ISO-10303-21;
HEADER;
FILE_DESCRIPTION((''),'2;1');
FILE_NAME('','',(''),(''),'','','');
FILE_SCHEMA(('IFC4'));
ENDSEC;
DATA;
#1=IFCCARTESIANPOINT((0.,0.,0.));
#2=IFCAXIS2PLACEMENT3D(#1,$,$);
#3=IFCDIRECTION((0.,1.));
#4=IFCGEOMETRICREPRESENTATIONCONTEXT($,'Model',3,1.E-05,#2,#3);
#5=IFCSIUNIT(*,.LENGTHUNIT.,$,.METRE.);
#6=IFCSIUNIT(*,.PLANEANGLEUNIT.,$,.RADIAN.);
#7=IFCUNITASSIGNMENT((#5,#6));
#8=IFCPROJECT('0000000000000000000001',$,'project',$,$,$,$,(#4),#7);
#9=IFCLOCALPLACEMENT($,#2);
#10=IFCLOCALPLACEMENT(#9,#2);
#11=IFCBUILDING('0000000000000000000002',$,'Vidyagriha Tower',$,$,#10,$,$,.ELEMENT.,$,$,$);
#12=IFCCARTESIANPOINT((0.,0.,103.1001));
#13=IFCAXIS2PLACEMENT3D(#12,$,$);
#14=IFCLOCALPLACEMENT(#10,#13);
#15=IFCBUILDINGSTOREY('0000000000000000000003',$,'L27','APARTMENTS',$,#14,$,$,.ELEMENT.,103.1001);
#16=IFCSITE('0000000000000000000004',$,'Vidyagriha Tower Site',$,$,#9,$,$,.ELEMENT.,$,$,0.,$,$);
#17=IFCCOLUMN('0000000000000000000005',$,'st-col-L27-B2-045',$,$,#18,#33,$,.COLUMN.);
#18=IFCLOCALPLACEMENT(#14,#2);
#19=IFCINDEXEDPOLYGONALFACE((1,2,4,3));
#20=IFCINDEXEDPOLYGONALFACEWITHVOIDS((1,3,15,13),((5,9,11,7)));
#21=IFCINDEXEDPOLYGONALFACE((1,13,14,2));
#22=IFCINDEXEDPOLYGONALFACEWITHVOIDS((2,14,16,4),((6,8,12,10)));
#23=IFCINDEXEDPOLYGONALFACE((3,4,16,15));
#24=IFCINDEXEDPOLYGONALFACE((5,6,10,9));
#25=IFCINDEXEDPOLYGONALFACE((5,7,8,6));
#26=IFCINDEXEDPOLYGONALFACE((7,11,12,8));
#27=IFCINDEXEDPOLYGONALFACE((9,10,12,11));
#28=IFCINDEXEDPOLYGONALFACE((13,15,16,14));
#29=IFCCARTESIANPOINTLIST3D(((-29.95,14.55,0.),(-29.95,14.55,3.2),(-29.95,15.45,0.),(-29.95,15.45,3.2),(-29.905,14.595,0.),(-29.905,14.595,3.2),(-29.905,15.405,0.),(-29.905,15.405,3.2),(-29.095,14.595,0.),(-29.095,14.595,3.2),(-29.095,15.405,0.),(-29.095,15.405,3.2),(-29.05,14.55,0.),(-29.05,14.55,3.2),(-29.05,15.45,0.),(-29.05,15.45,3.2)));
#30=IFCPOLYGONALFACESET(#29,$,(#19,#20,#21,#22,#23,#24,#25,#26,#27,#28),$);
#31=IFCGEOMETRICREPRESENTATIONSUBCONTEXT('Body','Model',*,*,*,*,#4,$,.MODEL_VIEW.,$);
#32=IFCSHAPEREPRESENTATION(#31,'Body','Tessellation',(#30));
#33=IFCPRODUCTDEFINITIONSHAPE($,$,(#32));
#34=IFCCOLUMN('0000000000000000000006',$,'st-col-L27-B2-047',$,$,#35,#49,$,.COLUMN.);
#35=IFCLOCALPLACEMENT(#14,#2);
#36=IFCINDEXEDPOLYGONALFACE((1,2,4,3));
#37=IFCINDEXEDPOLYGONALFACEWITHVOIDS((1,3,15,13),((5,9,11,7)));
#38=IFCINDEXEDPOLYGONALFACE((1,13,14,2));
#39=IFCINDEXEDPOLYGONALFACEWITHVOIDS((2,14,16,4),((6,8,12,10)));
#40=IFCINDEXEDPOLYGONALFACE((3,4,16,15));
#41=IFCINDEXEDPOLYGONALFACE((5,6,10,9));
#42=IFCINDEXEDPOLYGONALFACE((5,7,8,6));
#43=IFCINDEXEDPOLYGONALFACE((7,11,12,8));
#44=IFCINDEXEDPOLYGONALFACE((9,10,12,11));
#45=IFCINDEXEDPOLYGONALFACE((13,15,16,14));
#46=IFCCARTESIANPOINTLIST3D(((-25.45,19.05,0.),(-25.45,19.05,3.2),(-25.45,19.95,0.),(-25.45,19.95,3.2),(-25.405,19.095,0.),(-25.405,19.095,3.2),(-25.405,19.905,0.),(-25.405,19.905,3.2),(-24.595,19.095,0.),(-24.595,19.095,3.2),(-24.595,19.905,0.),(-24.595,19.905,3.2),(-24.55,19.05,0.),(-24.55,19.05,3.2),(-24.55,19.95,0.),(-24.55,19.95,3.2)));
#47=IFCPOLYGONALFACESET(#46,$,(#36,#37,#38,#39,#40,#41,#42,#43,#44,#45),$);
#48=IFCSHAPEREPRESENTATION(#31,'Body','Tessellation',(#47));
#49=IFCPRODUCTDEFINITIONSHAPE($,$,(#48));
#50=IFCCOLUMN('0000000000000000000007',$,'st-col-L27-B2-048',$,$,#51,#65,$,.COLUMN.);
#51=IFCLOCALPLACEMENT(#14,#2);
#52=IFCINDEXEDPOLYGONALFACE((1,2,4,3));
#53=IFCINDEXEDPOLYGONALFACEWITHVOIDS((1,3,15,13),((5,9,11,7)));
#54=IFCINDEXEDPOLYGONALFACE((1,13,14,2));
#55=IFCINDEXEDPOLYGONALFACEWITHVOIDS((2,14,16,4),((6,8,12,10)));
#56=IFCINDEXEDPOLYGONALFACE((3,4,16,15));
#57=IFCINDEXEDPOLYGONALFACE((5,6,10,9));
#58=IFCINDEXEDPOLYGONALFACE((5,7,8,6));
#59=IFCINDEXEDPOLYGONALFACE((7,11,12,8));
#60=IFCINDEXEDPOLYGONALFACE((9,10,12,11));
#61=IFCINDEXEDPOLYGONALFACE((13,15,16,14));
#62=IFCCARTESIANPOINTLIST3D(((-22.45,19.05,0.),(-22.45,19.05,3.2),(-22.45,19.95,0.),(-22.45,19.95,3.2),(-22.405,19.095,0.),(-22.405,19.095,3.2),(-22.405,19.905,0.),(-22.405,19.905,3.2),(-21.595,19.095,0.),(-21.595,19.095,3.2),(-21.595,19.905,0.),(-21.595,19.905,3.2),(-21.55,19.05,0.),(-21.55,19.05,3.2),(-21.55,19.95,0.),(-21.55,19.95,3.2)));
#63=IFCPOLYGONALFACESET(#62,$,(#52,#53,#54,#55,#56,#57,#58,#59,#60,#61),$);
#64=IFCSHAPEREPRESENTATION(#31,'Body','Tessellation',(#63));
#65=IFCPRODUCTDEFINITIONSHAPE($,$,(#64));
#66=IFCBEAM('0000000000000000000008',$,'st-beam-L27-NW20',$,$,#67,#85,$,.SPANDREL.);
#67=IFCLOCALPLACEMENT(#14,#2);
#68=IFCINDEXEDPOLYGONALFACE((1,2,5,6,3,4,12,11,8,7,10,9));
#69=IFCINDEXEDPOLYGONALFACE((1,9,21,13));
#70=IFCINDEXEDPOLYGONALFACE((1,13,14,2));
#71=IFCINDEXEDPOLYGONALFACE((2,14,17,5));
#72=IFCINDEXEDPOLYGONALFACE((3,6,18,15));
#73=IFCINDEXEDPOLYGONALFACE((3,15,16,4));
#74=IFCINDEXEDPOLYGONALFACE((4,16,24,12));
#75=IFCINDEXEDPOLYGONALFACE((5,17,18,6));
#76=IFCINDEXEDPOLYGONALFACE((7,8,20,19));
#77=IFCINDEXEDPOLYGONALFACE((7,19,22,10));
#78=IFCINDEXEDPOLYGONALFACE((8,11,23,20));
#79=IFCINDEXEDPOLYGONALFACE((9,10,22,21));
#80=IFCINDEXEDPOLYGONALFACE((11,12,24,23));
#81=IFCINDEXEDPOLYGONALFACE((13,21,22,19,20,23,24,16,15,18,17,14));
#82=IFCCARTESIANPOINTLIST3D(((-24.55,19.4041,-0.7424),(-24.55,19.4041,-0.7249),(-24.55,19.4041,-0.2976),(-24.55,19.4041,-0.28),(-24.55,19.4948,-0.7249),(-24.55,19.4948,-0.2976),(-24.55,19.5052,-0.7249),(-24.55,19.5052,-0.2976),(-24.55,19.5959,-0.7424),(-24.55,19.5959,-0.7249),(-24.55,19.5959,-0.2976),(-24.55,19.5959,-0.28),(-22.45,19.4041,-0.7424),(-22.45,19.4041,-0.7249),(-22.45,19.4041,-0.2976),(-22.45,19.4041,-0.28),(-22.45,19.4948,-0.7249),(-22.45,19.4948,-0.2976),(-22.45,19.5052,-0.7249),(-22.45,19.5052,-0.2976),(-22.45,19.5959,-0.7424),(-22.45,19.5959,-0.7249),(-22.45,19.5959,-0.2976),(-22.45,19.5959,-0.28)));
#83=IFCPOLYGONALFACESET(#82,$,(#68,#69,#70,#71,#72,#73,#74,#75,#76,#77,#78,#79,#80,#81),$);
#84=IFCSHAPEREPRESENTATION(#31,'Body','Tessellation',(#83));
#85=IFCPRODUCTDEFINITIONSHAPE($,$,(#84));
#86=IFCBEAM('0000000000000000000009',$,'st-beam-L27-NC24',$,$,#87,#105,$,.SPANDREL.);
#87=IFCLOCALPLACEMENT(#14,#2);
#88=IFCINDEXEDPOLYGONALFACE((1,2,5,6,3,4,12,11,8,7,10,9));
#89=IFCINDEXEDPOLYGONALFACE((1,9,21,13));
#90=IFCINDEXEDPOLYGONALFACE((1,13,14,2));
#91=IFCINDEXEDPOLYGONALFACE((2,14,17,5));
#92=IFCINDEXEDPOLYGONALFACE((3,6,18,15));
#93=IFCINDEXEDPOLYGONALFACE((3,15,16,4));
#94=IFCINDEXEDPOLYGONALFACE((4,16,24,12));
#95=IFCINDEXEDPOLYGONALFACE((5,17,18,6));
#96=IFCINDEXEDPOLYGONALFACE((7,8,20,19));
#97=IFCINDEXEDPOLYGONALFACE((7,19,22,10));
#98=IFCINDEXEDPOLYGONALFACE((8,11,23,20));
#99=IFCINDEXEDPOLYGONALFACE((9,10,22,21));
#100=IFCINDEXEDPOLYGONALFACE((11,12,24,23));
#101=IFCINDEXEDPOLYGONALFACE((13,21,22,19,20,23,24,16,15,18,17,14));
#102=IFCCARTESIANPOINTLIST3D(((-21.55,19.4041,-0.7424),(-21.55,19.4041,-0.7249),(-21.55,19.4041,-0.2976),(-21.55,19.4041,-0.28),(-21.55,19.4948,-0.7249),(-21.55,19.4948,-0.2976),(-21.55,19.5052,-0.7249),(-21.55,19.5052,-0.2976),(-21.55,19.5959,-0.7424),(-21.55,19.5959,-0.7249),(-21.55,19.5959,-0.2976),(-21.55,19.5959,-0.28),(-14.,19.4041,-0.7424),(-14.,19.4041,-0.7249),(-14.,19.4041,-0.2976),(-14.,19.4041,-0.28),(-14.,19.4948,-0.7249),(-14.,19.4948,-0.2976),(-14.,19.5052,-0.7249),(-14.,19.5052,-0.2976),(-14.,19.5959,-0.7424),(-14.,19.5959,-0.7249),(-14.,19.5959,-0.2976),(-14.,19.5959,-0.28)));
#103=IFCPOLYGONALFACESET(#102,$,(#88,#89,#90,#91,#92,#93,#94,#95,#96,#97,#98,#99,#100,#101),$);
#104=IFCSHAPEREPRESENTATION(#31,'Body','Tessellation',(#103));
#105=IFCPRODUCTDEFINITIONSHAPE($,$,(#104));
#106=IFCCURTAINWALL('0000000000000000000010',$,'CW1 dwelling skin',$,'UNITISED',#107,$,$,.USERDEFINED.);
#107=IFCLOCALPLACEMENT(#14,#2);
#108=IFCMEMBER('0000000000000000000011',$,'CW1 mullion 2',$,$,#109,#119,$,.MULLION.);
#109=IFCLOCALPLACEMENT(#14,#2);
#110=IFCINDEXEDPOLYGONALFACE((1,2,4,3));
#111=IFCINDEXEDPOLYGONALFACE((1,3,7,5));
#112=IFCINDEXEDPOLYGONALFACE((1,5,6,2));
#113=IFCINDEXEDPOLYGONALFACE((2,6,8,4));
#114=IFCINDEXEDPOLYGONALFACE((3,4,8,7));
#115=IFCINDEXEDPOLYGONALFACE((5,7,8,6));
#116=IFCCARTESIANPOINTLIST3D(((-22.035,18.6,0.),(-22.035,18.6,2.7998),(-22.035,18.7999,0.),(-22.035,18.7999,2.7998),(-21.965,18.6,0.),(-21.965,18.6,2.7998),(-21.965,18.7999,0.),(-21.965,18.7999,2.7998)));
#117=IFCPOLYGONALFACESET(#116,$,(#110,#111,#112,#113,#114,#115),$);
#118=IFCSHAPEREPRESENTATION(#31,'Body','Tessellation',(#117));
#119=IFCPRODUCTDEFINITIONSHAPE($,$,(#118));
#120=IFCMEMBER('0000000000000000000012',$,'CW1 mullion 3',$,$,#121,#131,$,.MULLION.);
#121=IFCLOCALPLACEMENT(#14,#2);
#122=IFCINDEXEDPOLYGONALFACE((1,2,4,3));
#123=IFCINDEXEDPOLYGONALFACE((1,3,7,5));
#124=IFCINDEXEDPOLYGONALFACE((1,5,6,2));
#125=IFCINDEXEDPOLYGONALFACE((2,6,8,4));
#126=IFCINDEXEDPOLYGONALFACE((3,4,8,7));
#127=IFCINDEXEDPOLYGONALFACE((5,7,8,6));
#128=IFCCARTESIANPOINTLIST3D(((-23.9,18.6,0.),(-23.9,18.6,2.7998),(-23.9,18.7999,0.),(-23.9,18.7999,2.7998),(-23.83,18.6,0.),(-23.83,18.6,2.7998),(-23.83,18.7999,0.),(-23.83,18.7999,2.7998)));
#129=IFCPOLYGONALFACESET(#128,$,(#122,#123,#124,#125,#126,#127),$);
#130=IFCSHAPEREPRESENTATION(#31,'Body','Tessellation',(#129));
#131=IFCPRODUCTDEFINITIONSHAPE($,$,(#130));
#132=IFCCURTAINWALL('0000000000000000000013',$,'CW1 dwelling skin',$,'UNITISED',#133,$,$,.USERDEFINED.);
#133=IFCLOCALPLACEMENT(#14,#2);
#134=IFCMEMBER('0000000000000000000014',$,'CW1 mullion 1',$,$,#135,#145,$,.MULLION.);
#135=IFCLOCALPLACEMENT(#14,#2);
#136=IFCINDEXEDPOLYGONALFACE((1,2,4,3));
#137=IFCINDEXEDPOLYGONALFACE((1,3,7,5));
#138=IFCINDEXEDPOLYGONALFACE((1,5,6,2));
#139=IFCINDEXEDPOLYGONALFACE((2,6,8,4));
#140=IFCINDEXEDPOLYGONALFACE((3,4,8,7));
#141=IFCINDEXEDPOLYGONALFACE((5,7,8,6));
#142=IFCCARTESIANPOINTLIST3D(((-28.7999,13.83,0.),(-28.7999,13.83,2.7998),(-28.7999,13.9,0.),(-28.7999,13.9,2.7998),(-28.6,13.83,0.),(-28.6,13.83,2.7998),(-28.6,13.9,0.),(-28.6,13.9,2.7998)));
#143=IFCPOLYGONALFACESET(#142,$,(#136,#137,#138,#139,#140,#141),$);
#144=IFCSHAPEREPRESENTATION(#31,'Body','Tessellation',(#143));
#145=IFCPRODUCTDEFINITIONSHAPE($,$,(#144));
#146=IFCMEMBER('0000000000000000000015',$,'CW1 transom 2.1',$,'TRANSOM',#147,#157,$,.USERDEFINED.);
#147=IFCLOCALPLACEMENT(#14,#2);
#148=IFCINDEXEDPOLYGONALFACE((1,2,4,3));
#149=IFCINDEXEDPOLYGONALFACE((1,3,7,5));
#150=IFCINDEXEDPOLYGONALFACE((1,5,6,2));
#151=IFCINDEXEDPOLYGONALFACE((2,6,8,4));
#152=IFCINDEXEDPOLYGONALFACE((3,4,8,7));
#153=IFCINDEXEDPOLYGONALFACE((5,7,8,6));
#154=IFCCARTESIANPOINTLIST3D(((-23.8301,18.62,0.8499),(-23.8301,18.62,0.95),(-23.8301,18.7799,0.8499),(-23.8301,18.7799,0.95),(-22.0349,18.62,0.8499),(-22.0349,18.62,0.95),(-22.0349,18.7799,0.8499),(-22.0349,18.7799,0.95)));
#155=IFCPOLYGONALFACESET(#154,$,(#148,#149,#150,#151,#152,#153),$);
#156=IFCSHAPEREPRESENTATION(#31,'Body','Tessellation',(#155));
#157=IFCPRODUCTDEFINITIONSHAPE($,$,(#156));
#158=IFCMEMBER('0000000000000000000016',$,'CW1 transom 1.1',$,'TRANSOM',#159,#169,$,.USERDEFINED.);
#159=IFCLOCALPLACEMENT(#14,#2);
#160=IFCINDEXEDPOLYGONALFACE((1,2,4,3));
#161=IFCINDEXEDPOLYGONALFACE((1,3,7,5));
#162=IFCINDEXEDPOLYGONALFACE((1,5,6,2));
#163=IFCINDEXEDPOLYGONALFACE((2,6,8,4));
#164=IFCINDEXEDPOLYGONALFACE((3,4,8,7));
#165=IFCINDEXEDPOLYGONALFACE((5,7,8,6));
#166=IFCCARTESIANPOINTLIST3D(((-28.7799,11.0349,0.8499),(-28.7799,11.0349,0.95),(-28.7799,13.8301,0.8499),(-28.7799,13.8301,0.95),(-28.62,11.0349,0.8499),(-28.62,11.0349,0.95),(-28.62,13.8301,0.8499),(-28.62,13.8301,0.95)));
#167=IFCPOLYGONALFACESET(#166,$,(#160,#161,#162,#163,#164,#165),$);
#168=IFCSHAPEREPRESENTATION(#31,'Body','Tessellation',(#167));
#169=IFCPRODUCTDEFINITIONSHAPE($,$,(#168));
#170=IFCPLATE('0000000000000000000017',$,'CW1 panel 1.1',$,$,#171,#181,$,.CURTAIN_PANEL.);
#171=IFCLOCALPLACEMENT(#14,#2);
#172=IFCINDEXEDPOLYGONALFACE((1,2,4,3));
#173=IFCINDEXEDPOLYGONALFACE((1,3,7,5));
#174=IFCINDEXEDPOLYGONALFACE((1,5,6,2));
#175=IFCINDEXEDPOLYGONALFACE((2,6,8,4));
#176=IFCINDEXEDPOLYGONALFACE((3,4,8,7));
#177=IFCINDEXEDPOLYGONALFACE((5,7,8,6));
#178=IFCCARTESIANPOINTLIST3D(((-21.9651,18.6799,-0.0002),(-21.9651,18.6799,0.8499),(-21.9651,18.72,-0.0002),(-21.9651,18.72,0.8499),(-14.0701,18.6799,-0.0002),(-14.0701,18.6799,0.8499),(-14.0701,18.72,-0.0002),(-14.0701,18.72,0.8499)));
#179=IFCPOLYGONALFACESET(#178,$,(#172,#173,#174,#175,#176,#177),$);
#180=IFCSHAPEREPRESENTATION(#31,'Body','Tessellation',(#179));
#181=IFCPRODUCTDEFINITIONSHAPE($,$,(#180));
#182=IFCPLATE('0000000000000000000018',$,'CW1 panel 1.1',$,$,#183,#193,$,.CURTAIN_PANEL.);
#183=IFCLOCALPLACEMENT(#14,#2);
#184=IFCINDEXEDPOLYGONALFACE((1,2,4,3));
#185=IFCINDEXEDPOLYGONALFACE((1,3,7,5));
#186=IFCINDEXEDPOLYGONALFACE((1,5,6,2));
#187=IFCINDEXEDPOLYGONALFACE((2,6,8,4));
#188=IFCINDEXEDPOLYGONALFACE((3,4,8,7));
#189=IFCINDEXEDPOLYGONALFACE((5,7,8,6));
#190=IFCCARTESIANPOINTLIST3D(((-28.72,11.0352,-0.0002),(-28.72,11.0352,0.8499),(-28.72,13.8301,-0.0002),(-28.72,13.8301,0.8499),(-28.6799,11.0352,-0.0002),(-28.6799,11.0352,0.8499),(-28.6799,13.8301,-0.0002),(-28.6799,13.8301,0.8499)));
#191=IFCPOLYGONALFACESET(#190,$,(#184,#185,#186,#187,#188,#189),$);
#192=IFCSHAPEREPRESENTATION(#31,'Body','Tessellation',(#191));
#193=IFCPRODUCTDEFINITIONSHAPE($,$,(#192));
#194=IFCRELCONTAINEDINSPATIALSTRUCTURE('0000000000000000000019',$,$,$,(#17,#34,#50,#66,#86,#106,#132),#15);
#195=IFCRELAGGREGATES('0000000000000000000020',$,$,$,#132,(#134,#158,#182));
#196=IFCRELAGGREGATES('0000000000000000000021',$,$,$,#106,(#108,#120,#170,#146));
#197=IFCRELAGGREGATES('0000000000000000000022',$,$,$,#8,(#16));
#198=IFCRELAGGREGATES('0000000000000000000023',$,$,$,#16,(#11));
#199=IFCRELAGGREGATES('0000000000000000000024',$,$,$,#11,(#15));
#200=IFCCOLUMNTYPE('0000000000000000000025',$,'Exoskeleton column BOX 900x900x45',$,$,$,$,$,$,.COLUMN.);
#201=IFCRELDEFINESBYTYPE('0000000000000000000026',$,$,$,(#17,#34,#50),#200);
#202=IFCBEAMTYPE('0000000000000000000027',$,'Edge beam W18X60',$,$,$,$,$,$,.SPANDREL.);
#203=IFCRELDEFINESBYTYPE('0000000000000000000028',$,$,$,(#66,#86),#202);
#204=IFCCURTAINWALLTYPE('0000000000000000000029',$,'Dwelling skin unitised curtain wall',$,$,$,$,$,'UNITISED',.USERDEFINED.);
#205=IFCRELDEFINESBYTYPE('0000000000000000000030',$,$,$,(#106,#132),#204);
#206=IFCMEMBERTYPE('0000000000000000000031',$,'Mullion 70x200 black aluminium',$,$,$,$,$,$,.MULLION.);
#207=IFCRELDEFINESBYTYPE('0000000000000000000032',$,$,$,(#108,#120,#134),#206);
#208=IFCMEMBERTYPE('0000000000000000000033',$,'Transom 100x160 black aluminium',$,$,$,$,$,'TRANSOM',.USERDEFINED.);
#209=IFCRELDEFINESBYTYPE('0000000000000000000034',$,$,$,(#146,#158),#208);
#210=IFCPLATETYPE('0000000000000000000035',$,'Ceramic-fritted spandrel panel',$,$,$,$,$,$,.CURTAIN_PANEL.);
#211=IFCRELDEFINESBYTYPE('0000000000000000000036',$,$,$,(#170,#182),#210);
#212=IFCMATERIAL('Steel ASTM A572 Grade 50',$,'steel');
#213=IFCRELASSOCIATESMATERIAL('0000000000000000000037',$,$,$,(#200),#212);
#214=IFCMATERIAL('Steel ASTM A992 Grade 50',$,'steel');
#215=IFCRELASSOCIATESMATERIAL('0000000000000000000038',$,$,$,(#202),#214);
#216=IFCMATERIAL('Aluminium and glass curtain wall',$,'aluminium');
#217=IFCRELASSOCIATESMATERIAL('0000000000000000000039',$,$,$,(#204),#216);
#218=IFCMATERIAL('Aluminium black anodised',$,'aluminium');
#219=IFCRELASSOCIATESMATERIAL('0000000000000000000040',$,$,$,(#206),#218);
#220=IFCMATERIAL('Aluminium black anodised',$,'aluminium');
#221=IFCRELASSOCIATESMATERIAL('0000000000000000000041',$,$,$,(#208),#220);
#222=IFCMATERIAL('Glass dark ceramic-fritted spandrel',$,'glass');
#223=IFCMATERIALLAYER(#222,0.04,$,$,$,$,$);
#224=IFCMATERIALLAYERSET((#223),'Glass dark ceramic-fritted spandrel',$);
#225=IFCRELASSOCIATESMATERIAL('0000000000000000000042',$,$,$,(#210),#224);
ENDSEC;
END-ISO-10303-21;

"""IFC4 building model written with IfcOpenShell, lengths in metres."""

from ifc_helpers import new_model, si_unit, direction, frame, origin, origin_2d, place, context, subcontext, project, spatial, rectangle, hollow_rectangle, i_section, extrude, material, layer, layer_set, material_profile, profile_set, type_object, element, aggregate, save


model = new_model("IFC4")

# Units and contexts
model_context = context("Model", 3, precision=1e-05, world=origin(), true_north=direction((0.0, 1.0)))
body_context = subcontext(model_context, "Body", "Model", "MODEL_VIEW")
ifc_project = project(units=[si_unit("LENGTHUNIT", "METRE"), si_unit("PLANEANGLEUNIT", "RADIAN")], contexts=[model_context])

# Site, building, storey
site_placement = place(None, origin())
site = spatial("IfcSite", under=ifc_project, at=site_placement, Name="Vidyagriha Tower Site", CompositionType="ELEMENT", RefElevation=0.0)
building_placement = place(site_placement, origin())
building = spatial("IfcBuilding", under=site, at=building_placement, Name="Vidyagriha Tower", CompositionType="ELEMENT")
storey_placement = place(building_placement, frame((0.0, 0.0, 103.1001)))
storey = spatial("IfcBuildingStorey", under=building, at=storey_placement, Name="L27", Description="APARTMENTS", CompositionType="ELEMENT", Elevation=103.1001)

# Columns
ifc_material_1 = material(Name="Steel ASTM A572 Grade 50", Category="steel")
ifc_material_profile_1 = material_profile(ifc_material_1, hollow_rectangle(XDim=0.8999, YDim=0.8999, WallThickness=0.0449, at=origin_2d()), Name="BOX 900x900x45")
ifc_profile_set_1 = profile_set([ifc_material_profile_1], Name="Steel ASTM A572 Grade 50")
column_type = type_object("IfcColumnType", Name="Exoskeleton column BOX 900x900x45", PredefinedType="COLUMN", material=ifc_profile_set_1)
for number, where, name in (
    (1, (-29.5, 15.0, 0.0), "st-col-L27-B2-045"),
    (2, (-25.0, 19.5, 0.0), "st-col-L27-B2-047"),
    (3, (-22.0, 19.5, 0.0), "st-col-L27-B2-048"),
):
    element("IfcColumn", number, at=place(storey_placement, frame(where)), inside=storey, type_object=column_type, Name=name, PredefinedType="COLUMN", context=body_context, shape_type="SweptSolid", body=[
        extrude(hollow_rectangle(XDim=0.8999, YDim=0.8999, WallThickness=0.0449, at=origin_2d()), origin(), (0.0, 0.0, 1.0), 3.2),
    ])

# Beams
ifc_material_2 = material(Name="Steel ASTM A992 Grade 50", Category="steel")
ifc_material_profile_2 = material_profile(ifc_material_2, i_section(OverallWidth=0.1919, OverallDepth=0.4624, WebThickness=0.0105, FlangeThickness=0.0176, at=origin_2d()), Name="W18X60")
ifc_profile_set_2 = profile_set([ifc_material_profile_2], Name="Steel ASTM A992 Grade 50")
beam_type = type_object("IfcBeamType", Name="Edge beam W18X60", PredefinedType="SPANDREL", material=ifc_profile_set_2)
beam_1_placement = place(storey_placement, frame((-24.55, 19.5, -0.5112), z_axis=(1.0, 0.0, 0.0), x_axis=(0.0, 1.0, 0.0)))
element("IfcBeam", 4, at=beam_1_placement, inside=storey, type_object=beam_type, Name="st-beam-L27-NW20", PredefinedType="SPANDREL", context=body_context, shape_type="SweptSolid", body=[
    extrude(i_section(OverallWidth=0.1919, OverallDepth=0.4624, WebThickness=0.0105, FlangeThickness=0.0176, at=origin_2d()), origin(), (0.0, 0.0, 1.0), 2.1001),
])
beam_2_placement = place(storey_placement, frame((-21.55, 19.5, -0.5112), z_axis=(1.0, 0.0, 0.0), x_axis=(0.0, 1.0, 0.0)))
element("IfcBeam", 5, at=beam_2_placement, inside=storey, type_object=beam_type, Name="st-beam-L27-NC24", PredefinedType="SPANDREL", context=body_context, shape_type="SweptSolid", body=[
    extrude(i_section(OverallWidth=0.1919, OverallDepth=0.4624, WebThickness=0.0105, FlangeThickness=0.0176, at=origin_2d()), origin(), (0.0, 0.0, 1.0), 7.55),
])

# Curtain wall, members
ifc_material_3 = material(Name="Aluminium and glass curtain wall", Category="aluminium")
curtain_wall_type = type_object("IfcCurtainWallType", Name="Dwelling skin unitised curtain wall", ElementType="UNITISED", PredefinedType="USERDEFINED", material=ifc_material_3)
curtain_wall_1_placement = place(storey_placement, origin())
curtain_wall_1 = element("IfcCurtainWall", 6, at=curtain_wall_1_placement, inside=storey, type_object=curtain_wall_type, Name="CW1 dwelling skin", ObjectType="UNITISED", PredefinedType="USERDEFINED")
ifc_material_4 = material(Name="Aluminium black anodised", Category="aluminium")
ifc_material_profile_3 = material_profile(ifc_material_4, rectangle(XDim=0.2, YDim=0.0701, at=origin_2d()), Name="Mullion 70x200 black aluminium")
ifc_profile_set_3 = profile_set([ifc_material_profile_3], Name="Aluminium black anodised")
member_type_1 = type_object("IfcMemberType", Name="Mullion 70x200 black aluminium", PredefinedType="MULLION", material=ifc_profile_set_3)
member_1_placement = place(storey_placement, frame((-22.0, 18.7, 0.0), z_axis=(0.0, 0.0, 1.0), x_axis=(0.0, -1.0, 0.0)))
member_1 = element("IfcMember", 7, at=member_1_placement, type_object=member_type_1, Name="CW1 mullion 2", PredefinedType="MULLION", context=body_context, shape_type="SweptSolid", body=[
    extrude(rectangle(XDim=0.2, YDim=0.0701, at=origin_2d()), origin(), (0.0, 0.0, 1.0), 2.7998),
])
member_2_placement = place(storey_placement, frame((-23.865, 18.7, 0.0), z_axis=(0.0, 0.0, 1.0), x_axis=(0.0, -1.0, 0.0)))
member_2 = element("IfcMember", 8, at=member_2_placement, type_object=member_type_1, Name="CW1 mullion 3", PredefinedType="MULLION", context=body_context, shape_type="SweptSolid", body=[
    extrude(rectangle(XDim=0.2, YDim=0.0701, at=origin_2d()), origin(), (0.0, 0.0, 1.0), 2.7998),
])

# Curtain wall, member
curtain_wall_2_placement = place(storey_placement, origin())
curtain_wall_2 = element("IfcCurtainWall", 9, at=curtain_wall_2_placement, inside=storey, type_object=curtain_wall_type, Name="CW1 dwelling skin", ObjectType="UNITISED", PredefinedType="USERDEFINED")
member_3_placement = place(storey_placement, frame((-28.7, 13.865, 0.0)))
member_3 = element("IfcMember", 10, at=member_3_placement, type_object=member_type_1, Name="CW1 mullion 1", PredefinedType="MULLION", context=body_context, shape_type="SweptSolid", body=[
    extrude(rectangle(XDim=0.2, YDim=0.0701, at=origin_2d()), origin(), (0.0, 0.0, 1.0), 2.7998),
])

# Members
ifc_material_5 = material(Name="Aluminium black anodised", Category="aluminium")
ifc_material_profile_4 = material_profile(ifc_material_5, rectangle(XDim=0.1599, YDim=0.1001, at=origin_2d()), Name="Transom 100x160 black aluminium")
ifc_profile_set_4 = profile_set([ifc_material_profile_4], Name="Aluminium black anodised")
member_type_2 = type_object("IfcMemberType", Name="Transom 100x160 black aluminium", ElementType="TRANSOM", PredefinedType="USERDEFINED", material=ifc_profile_set_4)
member_4_placement = place(storey_placement, frame((-22.0349, 18.7, 0.8999), z_axis=(-1.0, 0.0, 0.0), x_axis=(0.0, -1.0, 0.0)))
member_4 = element("IfcMember", 11, at=member_4_placement, type_object=member_type_2, Name="CW1 transom 2.1", ObjectType="TRANSOM", PredefinedType="USERDEFINED", context=body_context, shape_type="SweptSolid", body=[
    extrude(rectangle(XDim=0.1599, YDim=0.1001, at=origin_2d()), origin(), (0.0, 0.0, 1.0), 1.7952),
])
member_5_placement = place(storey_placement, frame((-28.7, 13.8301, 0.8999), z_axis=(0.0, -1.0, 0.0), x_axis=(1.0, 0.0, 0.0)))
member_5 = element("IfcMember", 12, at=member_5_placement, type_object=member_type_2, Name="CW1 transom 1.1", ObjectType="TRANSOM", PredefinedType="USERDEFINED", context=body_context, shape_type="SweptSolid", body=[
    extrude(rectangle(XDim=0.1599, YDim=0.1001, at=origin_2d()), origin(), (0.0, 0.0, 1.0), 2.7952),
])

# Plates
ifc_material_6 = material(Name="Glass dark ceramic-fritted spandrel", Category="glass")
ifc_layer_1 = layer(ifc_material_6, 0.04)
ifc_layer_set_1 = layer_set([ifc_layer_1], Name="Glass dark ceramic-fritted spandrel")
plate_type_1 = type_object("IfcPlateType", Name="Ceramic-fritted spandrel panel", PredefinedType="CURTAIN_PANEL", material=ifc_layer_set_1)
plate_1_placement = place(storey_placement, frame((-18.0176, 18.7, -0.0002), z_axis=(0.0, 0.0, 1.0), x_axis=(-1.0, 0.0, 0.0)))
plate_1 = element("IfcPlate", 13, at=plate_1_placement, type_object=plate_type_1, Name="CW1 panel 1.1", PredefinedType="CURTAIN_PANEL", context=body_context, shape_type="SweptSolid", body=[
    extrude(rectangle(XDim=7.895, YDim=0.04, at=origin_2d()), origin(), (0.0, 0.0, 1.0), 0.8501),
])
plate_2_placement = place(storey_placement, frame((-28.7, 12.4326, -0.0002), z_axis=(0.0, 0.0, 1.0), x_axis=(0.0, -1.0, 0.0)))
plate_2 = element("IfcPlate", 14, at=plate_2_placement, type_object=plate_type_1, Name="CW1 panel 1.1", PredefinedType="CURTAIN_PANEL", context=body_context, shape_type="SweptSolid", body=[
    extrude(rectangle(XDim=2.7949, YDim=0.04, at=origin_2d()), origin(), (0.0, 0.0, 1.0), 0.8501),
])
aggregate(curtain_wall_2, [member_3, member_5, plate_2])
aggregate(curtain_wall_1, [member_1, member_2, plate_1, member_4])

save(model, "model.ifc")
